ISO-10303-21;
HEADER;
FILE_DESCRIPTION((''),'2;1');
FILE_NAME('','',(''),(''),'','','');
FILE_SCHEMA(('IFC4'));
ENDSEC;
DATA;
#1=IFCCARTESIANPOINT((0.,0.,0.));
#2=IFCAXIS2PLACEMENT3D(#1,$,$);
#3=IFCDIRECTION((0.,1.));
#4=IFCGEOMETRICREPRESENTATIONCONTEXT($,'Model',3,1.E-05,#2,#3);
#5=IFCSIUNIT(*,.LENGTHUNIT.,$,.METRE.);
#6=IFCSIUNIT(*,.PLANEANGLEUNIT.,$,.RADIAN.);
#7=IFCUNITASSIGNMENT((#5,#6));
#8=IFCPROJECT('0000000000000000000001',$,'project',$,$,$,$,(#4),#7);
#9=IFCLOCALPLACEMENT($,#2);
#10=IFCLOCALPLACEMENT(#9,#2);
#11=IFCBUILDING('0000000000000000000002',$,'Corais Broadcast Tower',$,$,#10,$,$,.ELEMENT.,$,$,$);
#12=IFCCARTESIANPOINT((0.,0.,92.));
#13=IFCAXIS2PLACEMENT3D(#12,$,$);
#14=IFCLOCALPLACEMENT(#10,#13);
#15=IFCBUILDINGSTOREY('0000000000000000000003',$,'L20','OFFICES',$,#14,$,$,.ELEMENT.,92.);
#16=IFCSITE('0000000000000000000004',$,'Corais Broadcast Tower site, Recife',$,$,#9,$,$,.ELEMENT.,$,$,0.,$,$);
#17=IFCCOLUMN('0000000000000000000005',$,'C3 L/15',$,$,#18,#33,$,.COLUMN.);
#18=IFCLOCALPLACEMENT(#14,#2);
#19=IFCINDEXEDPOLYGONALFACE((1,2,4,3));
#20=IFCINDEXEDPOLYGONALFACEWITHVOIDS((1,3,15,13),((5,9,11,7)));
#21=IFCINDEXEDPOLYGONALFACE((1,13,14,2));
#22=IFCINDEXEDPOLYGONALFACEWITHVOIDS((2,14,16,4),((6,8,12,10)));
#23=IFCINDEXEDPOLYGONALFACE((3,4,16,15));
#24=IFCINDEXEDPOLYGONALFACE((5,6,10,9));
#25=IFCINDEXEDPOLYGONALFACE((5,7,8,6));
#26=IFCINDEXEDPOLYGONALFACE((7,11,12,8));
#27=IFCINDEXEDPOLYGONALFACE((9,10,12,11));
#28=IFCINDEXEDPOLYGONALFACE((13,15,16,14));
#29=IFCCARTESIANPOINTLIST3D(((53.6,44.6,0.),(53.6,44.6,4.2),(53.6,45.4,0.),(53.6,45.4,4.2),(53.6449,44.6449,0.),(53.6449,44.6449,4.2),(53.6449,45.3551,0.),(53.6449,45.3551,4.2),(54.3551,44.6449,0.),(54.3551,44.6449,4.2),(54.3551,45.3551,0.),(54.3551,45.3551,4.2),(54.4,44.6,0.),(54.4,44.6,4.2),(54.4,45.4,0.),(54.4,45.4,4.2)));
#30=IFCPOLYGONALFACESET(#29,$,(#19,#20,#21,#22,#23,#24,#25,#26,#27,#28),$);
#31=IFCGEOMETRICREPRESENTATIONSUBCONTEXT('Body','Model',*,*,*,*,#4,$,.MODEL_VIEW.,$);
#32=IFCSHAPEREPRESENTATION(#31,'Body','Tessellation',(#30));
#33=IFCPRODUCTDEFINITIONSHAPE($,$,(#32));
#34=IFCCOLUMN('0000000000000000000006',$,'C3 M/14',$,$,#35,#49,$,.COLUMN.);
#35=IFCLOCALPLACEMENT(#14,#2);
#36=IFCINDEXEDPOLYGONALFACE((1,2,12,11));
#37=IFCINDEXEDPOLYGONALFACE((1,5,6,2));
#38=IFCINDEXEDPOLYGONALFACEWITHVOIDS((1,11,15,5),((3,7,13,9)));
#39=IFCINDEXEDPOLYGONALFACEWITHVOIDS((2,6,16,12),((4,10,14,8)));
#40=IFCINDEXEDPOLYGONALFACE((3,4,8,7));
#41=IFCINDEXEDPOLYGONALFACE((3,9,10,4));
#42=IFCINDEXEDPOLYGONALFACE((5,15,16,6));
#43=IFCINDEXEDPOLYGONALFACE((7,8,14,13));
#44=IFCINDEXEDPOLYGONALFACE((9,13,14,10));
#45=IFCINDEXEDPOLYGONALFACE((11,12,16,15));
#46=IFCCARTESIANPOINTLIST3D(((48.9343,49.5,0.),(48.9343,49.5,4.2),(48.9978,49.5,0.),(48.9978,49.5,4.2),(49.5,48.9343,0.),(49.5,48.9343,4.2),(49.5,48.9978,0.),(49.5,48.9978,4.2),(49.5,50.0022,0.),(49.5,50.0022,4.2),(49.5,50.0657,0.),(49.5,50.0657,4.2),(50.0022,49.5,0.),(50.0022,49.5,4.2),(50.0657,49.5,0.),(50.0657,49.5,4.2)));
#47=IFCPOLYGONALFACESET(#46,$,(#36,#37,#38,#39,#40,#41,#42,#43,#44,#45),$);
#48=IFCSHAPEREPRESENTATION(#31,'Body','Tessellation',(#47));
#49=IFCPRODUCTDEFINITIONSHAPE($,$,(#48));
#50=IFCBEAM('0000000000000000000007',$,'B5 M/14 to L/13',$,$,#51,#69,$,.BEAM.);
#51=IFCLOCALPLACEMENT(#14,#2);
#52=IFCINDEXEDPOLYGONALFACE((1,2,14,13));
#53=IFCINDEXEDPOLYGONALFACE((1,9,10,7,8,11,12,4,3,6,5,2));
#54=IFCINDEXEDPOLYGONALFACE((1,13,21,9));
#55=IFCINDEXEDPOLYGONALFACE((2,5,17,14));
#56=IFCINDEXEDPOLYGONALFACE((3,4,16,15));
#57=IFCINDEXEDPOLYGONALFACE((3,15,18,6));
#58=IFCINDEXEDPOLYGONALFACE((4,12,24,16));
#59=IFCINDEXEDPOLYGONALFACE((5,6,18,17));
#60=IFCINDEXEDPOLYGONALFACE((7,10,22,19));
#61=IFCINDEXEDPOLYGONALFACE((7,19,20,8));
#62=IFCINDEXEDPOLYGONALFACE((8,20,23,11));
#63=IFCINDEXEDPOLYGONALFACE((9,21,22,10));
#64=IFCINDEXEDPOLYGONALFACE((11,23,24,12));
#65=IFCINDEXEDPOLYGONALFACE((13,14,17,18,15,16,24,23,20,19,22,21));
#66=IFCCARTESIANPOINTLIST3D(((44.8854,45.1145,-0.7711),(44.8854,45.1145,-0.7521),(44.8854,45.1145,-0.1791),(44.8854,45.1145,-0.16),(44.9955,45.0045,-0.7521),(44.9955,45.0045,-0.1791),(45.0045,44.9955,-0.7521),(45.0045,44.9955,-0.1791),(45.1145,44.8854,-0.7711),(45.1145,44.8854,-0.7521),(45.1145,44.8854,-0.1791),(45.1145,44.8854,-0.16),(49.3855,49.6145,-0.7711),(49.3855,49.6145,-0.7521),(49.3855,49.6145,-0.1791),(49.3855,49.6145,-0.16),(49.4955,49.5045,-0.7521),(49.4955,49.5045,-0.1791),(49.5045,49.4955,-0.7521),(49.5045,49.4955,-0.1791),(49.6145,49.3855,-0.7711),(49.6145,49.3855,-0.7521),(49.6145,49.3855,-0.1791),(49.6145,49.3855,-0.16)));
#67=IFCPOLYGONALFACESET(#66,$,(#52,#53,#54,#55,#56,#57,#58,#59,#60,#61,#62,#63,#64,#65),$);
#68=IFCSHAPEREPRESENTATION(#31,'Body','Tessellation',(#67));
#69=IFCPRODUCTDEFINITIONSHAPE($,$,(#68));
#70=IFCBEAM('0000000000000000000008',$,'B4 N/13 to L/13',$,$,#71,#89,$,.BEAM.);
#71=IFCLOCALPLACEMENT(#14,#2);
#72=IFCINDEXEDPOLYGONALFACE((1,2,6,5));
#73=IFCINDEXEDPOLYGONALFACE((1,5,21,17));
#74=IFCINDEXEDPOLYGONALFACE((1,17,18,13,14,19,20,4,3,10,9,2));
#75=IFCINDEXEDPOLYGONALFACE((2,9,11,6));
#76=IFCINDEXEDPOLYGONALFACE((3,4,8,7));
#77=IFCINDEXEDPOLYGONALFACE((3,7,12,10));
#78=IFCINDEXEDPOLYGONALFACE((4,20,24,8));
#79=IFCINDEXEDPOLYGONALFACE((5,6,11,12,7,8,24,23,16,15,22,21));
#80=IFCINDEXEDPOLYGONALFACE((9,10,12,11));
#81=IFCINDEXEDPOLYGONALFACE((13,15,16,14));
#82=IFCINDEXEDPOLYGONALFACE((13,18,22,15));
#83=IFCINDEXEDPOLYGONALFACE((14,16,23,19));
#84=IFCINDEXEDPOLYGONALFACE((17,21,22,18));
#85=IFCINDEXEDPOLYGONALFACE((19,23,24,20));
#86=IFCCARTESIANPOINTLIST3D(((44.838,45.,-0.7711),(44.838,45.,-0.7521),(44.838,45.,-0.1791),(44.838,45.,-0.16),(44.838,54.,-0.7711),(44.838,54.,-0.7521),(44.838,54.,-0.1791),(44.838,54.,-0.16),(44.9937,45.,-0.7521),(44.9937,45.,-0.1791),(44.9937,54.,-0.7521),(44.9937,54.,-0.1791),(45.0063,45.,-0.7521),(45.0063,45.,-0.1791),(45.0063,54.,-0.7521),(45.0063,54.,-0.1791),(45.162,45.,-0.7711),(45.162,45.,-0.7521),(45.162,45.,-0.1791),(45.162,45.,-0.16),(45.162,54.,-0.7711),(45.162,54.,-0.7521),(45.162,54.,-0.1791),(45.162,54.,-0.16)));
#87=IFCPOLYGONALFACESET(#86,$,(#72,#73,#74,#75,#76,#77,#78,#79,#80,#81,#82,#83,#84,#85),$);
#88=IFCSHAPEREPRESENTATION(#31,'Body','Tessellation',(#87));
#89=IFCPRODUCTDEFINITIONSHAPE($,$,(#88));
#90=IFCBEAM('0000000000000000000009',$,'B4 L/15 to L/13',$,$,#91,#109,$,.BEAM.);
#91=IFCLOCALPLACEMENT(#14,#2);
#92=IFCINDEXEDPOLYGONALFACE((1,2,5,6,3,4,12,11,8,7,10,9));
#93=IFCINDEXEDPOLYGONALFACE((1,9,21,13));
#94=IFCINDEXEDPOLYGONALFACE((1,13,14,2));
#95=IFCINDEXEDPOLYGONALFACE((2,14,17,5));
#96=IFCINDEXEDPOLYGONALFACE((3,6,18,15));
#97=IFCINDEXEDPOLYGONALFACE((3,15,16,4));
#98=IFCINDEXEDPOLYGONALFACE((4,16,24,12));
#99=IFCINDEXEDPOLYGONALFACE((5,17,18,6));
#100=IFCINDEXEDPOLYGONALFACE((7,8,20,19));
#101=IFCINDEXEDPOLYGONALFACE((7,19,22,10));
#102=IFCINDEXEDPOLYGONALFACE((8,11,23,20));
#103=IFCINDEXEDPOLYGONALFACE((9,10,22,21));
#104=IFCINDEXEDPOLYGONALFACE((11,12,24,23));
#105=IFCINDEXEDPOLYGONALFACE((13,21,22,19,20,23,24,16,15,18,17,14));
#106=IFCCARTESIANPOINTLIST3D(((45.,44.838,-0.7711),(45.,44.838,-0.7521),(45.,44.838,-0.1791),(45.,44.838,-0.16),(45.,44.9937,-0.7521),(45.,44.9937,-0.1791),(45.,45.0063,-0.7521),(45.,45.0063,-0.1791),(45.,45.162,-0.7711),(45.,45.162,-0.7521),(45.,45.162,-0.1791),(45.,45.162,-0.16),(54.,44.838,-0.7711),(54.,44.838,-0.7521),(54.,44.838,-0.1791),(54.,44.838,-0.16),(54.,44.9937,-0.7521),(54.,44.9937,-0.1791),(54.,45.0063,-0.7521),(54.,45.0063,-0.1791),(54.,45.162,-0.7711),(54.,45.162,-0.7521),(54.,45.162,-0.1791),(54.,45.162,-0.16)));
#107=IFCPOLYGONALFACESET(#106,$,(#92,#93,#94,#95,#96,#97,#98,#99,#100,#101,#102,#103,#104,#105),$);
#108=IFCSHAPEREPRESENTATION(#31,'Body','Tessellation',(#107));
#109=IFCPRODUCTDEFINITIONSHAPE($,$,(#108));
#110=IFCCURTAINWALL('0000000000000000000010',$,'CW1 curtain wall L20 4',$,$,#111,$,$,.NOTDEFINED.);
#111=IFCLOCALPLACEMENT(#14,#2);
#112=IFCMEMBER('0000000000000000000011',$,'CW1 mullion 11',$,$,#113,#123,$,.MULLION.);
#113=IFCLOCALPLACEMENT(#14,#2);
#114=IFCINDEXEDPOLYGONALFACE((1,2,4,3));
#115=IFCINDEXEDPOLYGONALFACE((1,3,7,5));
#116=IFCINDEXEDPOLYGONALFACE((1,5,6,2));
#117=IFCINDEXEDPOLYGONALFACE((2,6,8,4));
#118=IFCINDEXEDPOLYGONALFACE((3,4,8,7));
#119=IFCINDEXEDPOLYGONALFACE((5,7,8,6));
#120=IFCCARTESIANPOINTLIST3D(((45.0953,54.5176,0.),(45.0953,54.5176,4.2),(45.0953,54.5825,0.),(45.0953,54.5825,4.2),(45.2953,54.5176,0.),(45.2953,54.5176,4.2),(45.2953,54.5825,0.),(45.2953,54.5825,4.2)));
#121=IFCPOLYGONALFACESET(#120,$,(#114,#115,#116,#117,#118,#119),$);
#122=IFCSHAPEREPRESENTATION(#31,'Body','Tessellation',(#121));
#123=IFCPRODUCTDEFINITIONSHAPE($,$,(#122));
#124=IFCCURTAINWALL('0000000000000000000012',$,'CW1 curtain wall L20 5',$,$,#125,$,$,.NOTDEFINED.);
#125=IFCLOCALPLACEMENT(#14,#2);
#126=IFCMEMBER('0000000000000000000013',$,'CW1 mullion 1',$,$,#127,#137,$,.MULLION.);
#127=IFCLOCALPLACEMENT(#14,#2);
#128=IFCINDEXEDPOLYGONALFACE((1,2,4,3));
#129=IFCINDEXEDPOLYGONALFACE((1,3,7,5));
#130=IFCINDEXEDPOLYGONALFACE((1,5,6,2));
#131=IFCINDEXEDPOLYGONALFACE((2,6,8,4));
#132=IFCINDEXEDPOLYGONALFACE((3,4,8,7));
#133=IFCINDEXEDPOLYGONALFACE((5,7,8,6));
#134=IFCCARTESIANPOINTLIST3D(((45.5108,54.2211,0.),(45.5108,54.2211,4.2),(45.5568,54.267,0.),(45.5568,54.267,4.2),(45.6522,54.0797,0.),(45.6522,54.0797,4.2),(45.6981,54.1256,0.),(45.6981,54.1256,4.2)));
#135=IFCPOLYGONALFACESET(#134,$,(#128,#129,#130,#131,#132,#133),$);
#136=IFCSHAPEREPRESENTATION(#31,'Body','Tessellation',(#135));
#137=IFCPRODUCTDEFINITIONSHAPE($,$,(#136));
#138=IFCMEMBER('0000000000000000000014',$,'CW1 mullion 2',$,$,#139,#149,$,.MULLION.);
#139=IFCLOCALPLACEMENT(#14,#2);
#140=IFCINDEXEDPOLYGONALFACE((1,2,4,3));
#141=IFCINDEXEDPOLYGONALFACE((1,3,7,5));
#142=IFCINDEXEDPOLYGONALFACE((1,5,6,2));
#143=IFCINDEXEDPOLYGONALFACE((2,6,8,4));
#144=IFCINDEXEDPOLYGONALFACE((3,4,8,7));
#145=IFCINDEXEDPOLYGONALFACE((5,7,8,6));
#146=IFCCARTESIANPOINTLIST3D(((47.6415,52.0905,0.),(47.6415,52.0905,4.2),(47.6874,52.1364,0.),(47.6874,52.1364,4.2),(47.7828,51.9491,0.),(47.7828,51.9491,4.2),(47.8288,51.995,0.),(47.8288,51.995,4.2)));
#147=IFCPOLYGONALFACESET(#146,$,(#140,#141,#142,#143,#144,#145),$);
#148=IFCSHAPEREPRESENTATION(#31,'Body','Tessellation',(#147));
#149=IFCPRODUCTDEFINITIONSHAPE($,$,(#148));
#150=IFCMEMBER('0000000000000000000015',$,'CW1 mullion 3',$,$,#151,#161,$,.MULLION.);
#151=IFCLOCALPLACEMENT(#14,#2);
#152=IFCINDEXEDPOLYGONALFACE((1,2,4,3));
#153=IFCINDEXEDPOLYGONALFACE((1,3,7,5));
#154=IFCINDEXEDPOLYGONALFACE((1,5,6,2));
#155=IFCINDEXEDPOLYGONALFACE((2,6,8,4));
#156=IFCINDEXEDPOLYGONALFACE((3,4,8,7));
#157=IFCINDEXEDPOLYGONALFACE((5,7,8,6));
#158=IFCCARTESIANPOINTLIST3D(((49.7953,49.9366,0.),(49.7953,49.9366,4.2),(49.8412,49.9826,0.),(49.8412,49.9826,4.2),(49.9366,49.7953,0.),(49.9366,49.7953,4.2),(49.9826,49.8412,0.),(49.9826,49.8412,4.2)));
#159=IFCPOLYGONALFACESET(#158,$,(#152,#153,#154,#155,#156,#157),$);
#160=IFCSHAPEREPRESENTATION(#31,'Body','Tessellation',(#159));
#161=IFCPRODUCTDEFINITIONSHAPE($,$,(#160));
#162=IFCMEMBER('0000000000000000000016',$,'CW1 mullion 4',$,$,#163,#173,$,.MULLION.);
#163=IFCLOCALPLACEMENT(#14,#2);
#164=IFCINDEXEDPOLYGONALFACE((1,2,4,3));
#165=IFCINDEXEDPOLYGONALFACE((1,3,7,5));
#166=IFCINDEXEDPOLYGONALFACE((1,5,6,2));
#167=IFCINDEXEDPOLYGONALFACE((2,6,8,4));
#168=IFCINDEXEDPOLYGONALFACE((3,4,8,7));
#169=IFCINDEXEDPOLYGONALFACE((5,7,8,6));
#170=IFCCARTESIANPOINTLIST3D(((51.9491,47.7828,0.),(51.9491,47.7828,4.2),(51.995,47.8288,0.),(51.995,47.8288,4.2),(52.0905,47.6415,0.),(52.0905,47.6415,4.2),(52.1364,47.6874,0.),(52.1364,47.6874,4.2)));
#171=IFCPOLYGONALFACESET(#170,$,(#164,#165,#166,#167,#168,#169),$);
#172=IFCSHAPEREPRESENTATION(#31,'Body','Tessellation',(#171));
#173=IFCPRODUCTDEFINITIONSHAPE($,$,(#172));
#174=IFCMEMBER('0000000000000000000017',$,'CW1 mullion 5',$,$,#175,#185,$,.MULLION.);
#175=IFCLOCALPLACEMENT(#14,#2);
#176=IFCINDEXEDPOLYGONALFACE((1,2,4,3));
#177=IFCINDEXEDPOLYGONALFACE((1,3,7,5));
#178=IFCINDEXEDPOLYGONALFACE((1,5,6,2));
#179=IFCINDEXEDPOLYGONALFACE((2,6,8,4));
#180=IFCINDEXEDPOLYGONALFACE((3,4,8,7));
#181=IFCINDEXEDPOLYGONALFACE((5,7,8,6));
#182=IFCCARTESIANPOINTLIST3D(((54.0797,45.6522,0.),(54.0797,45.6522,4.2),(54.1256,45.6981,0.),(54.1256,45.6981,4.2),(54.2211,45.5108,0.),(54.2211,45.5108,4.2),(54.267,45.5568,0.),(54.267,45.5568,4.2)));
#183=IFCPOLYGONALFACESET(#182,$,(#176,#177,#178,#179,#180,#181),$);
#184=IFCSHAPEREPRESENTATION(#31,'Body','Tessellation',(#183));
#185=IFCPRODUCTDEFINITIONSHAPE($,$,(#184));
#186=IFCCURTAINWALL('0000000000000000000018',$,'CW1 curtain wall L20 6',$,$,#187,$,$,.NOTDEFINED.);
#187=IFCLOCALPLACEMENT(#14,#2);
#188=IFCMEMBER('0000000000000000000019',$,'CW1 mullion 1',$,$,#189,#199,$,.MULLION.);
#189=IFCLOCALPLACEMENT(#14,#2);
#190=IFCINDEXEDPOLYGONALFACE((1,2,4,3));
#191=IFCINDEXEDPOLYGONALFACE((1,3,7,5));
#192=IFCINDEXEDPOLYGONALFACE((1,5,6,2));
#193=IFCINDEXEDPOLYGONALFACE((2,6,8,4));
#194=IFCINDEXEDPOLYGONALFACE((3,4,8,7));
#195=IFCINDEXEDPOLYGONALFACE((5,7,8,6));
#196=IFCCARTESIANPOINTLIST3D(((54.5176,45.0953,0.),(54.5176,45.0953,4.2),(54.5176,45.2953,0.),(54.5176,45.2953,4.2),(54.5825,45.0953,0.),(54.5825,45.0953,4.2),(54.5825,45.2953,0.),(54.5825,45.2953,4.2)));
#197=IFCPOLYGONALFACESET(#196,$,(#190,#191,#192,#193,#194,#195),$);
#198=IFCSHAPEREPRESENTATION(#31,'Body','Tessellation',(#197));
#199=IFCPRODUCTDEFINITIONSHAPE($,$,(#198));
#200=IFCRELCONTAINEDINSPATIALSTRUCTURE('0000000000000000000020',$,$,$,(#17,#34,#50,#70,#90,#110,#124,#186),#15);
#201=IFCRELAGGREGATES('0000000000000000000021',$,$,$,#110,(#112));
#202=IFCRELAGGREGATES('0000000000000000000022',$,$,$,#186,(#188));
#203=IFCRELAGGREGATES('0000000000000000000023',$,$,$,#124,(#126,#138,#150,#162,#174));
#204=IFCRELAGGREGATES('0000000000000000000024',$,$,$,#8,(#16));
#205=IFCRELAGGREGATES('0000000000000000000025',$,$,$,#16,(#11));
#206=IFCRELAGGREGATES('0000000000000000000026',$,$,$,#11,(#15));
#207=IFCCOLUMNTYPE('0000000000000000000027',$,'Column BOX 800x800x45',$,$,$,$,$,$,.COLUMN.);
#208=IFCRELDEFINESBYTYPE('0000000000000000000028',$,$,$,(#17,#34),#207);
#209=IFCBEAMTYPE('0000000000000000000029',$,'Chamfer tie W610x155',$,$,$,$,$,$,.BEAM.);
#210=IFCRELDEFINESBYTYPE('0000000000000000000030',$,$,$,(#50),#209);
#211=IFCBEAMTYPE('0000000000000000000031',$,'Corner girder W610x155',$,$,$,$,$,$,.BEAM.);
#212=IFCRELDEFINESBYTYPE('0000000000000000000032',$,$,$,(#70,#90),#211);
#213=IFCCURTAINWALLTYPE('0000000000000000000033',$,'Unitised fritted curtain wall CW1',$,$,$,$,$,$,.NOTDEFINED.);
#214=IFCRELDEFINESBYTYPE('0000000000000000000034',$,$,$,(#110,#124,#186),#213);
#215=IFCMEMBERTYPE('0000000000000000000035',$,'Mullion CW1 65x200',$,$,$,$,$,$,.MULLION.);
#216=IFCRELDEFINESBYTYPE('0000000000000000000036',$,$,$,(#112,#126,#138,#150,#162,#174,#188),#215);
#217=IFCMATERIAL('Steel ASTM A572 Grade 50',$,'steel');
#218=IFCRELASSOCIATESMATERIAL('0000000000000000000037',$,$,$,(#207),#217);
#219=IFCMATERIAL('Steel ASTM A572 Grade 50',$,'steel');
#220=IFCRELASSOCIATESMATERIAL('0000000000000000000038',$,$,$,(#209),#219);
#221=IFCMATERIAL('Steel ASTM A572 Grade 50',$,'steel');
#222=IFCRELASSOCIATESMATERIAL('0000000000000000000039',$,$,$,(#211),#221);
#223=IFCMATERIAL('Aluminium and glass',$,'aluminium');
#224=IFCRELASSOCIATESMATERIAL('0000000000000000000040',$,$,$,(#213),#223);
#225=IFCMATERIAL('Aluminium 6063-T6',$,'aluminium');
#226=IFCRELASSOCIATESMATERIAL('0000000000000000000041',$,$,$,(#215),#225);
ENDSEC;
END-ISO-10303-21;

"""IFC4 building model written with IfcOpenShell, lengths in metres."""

from ifc_helpers import new_model, si_unit, direction, frame, origin, origin_2d, place, context, subcontext, project, spatial, rectangle, hollow_rectangle, i_section, extrude, material, material_profile, profile_set, type_object, element, aggregate, save


model = new_model("IFC4")

# Units and contexts
model_context = context("Model", 3, precision=1e-05, world=origin(), true_north=direction((0.0, 1.0)))
body_context = subcontext(model_context, "Body", "Model", "MODEL_VIEW")
ifc_project = project(units=[si_unit("LENGTHUNIT", "METRE"), si_unit("PLANEANGLEUNIT", "RADIAN")], contexts=[model_context])

# Site, building, storey
site_placement = place(None, origin())
site = spatial("IfcSite", under=ifc_project, at=site_placement, Name="Corais Broadcast Tower site, Recife", CompositionType="ELEMENT", RefElevation=0.0)
building_placement = place(site_placement, origin())
building = spatial("IfcBuilding", under=site, at=building_placement, Name="Corais Broadcast Tower", CompositionType="ELEMENT")
storey_placement = place(building_placement, frame((0.0, 0.0, 92.0)))
storey = spatial("IfcBuildingStorey", under=building, at=storey_placement, Name="L20", Description="OFFICES", CompositionType="ELEMENT", Elevation=92.0)

# Columns
ifc_material_1 = material(Name="Steel ASTM A572 Grade 50", Category="steel")
ifc_material_profile_1 = material_profile(ifc_material_1, hollow_rectangle(XDim=0.8, YDim=0.8, WallThickness=0.0449, at=origin_2d()), Name="BOX 800x800x45")
ifc_profile_set_1 = profile_set([ifc_material_profile_1], Name="Steel ASTM A572 Grade 50")
column_type = type_object("IfcColumnType", Name="Column BOX 800x800x45", PredefinedType="COLUMN", material=ifc_profile_set_1)
for number, where, z_axis, x_axis, name in (
    (1, (54.0, 45.0, 0.0), (0.0, 0.0, 1.0), (1.0, 0.0, 0.0), "C3 L/15"),
    (2, (49.5, 49.5, 0.0), (0.0, 0.0, 1.0), (0.707107, 0.707107, 0.0), "C3 M/14"),
):
    element("IfcColumn", number, at=place(storey_placement, frame(where, z_axis=z_axis, x_axis=x_axis)), inside=storey, type_object=column_type, Name=name, PredefinedType="COLUMN", context=body_context, shape_type="SweptSolid", body=[
        extrude(hollow_rectangle(XDim=0.8, YDim=0.8, WallThickness=0.0449, at=origin_2d()), origin(), (0.0, 0.0, 1.0), 4.2),
    ])

# Beams
ifc_material_2 = material(Name="Steel ASTM A572 Grade 50", Category="steel")
ifc_material_profile_2 = material_profile(ifc_material_2, i_section(OverallWidth=0.324, OverallDepth=0.6111, WebThickness=0.0127, FlangeThickness=0.019, at=origin_2d()), Name="W610x155")
ifc_profile_set_2 = profile_set([ifc_material_profile_2], Name="Steel ASTM A572 Grade 50")
beam_type_1 = type_object("IfcBeamType", Name="Chamfer tie W610x155", PredefinedType="BEAM", material=ifc_profile_set_2)
beam_1_placement = place(storey_placement, frame((49.5, 49.5, -0.4656), z_axis=(-0.707107, -0.707107, 0.0), x_axis=(0.707107, -0.707107, 0.0)))
element("IfcBeam", 3, at=beam_1_placement, inside=storey, type_object=beam_type_1, Name="B5 M/14 to L/13", PredefinedType="BEAM", context=body_context, shape_type="SweptSolid", body=[
    extrude(i_section(OverallWidth=0.324, OverallDepth=0.6111, WebThickness=0.0127, FlangeThickness=0.019, at=origin_2d()), origin(), (0.0, 0.0, 1.0), 6.364),
])
ifc_material_3 = material(Name="Steel ASTM A572 Grade 50", Category="steel")
ifc_material_profile_3 = material_profile(ifc_material_3, i_section(OverallWidth=0.324, OverallDepth=0.6111, WebThickness=0.0127, FlangeThickness=0.019, at=origin_2d()), Name="W610x155")
ifc_profile_set_3 = profile_set([ifc_material_profile_3], Name="Steel ASTM A572 Grade 50")
beam_type_2 = type_object("IfcBeamType", Name="Corner girder W610x155", PredefinedType="BEAM", material=ifc_profile_set_3)
for number, where, z_axis, x_axis, name in (
    (4, (45.0, 54.0, -0.4656), (0.0, -1.0, 0.0), (1.0, 0.0, 0.0), "B4 N/13 to L/13"),
    (5, (54.0, 45.0, -0.4656), (-1.0, 0.0, 0.0), (0.0, -1.0, 0.0), "B4 L/15 to L/13"),
):
    element("IfcBeam", number, at=place(storey_placement, frame(where, z_axis=z_axis, x_axis=x_axis)), inside=storey, type_object=beam_type_2, Name=name, PredefinedType="BEAM", context=body_context, shape_type="SweptSolid", body=[
        extrude(i_section(OverallWidth=0.324, OverallDepth=0.6111, WebThickness=0.0127, FlangeThickness=0.019, at=origin_2d()), origin(), (0.0, 0.0, 1.0), 9.0),
    ])

# Curtain wall, member
ifc_material_4 = material(Name="Aluminium and glass", Category="aluminium")
curtain_wall_type = type_object("IfcCurtainWallType", Name="Unitised fritted curtain wall CW1", PredefinedType="NOTDEFINED", material=ifc_material_4)
curtain_wall_1_placement = place(storey_placement, origin())
curtain_wall_1 = element("IfcCurtainWall", 6, at=curtain_wall_1_placement, inside=storey, type_object=curtain_wall_type, Name="CW1 curtain wall L20 4", PredefinedType="NOTDEFINED")
ifc_material_5 = material(Name="Aluminium 6063-T6", Category="aluminium")
ifc_material_profile_4 = material_profile(ifc_material_5, rectangle(XDim=0.0649, YDim=0.2, at=origin_2d()), Name="Mullion CW1 65x200")
ifc_profile_set_4 = profile_set([ifc_material_profile_4], Name="Aluminium 6063-T6")
member_type_1 = type_object("IfcMemberType", Name="Mullion CW1 65x200", PredefinedType="MULLION", material=ifc_profile_set_4)
member_1_placement = place(storey_placement, frame((45.1953, 54.55, 0.0), z_axis=(0.0, 0.0, 1.0), x_axis=(0.0, 1.0, 0.0)))
member_1 = element("IfcMember", 7, at=member_1_placement, type_object=member_type_1, Name="CW1 mullion 11", PredefinedType="MULLION", context=body_context, shape_type="SweptSolid", body=[
    extrude(rectangle(XDim=0.0649, YDim=0.2, at=origin_2d()), origin(), (0.0, 0.0, 1.0), 4.2),
])
aggregate(curtain_wall_1, [member_1])

# Curtain wall, members
curtain_wall_2_placement = place(storey_placement, origin())
curtain_wall_2 = element("IfcCurtainWall", 8, at=curtain_wall_2_placement, inside=storey, type_object=curtain_wall_type, Name="CW1 curtain wall L20 5", PredefinedType="NOTDEFINED")
member_2_placement = place(storey_placement, frame((45.6045, 54.1733, 0.0), z_axis=(0.0, 0.0, 1.0), x_axis=(0.707107, 0.707107, 0.0)))
member_2 = element("IfcMember", 9, at=member_2_placement, type_object=member_type_1, Name="CW1 mullion 1", PredefinedType="MULLION", context=body_context, shape_type="SweptSolid", body=[
    extrude(rectangle(XDim=0.0649, YDim=0.2, at=origin_2d()), origin(), (0.0, 0.0, 1.0), 4.2),
])
member_3_placement = place(storey_placement, frame((47.7351, 52.0427, 0.0), z_axis=(0.0, 0.0, 1.0), x_axis=(0.707107, 0.707107, 0.0)))
member_3 = element("IfcMember", 10, at=member_3_placement, type_object=member_type_1, Name="CW1 mullion 2", PredefinedType="MULLION", context=body_context, shape_type="SweptSolid", body=[
    extrude(rectangle(XDim=0.0649, YDim=0.2, at=origin_2d()), origin(), (0.0, 0.0, 1.0), 4.2),
])
member_4_placement = place(storey_placement, frame((49.8889, 49.8889, 0.0), z_axis=(0.0, 0.0, 1.0), x_axis=(0.707107, 0.707107, 0.0)))
member_4 = element("IfcMember", 11, at=member_4_placement, type_object=member_type_1, Name="CW1 mullion 3", PredefinedType="MULLION", context=body_context, shape_type="SweptSolid", body=[
    extrude(rectangle(XDim=0.0649, YDim=0.2, at=origin_2d()), origin(), (0.0, 0.0, 1.0), 4.2),
])
member_5_placement = place(storey_placement, frame((52.0427, 47.7351, 0.0), z_axis=(0.0, 0.0, 1.0), x_axis=(0.707107, 0.707107, 0.0)))
member_5 = element("IfcMember", 12, at=member_5_placement, type_object=member_type_1, Name="CW1 mullion 4", PredefinedType="MULLION", context=body_context, shape_type="SweptSolid", body=[
    extrude(rectangle(XDim=0.0649, YDim=0.2, at=origin_2d()), origin(), (0.0, 0.0, 1.0), 4.2),
])
member_6_placement = place(storey_placement, frame((54.1733, 45.6045, 0.0), z_axis=(0.0, 0.0, 1.0), x_axis=(0.707107, 0.707107, 0.0)))
member_6 = element("IfcMember", 13, at=member_6_placement, type_object=member_type_1, Name="CW1 mullion 5", PredefinedType="MULLION", context=body_context, shape_type="SweptSolid", body=[
    extrude(rectangle(XDim=0.0649, YDim=0.2, at=origin_2d()), origin(), (0.0, 0.0, 1.0), 4.2),
])

# Curtain wall, member
curtain_wall_3_placement = place(storey_placement, origin())
curtain_wall_3 = element("IfcCurtainWall", 14, at=curtain_wall_3_placement, inside=storey, type_object=curtain_wall_type, Name="CW1 curtain wall L20 6", PredefinedType="NOTDEFINED")
member_7_placement = place(storey_placement, frame((54.55, 45.1953, 0.0), z_axis=(0.0, 0.0, 1.0), x_axis=(1.0, 0.0, 0.0)))
member_7 = element("IfcMember", 15, at=member_7_placement, type_object=member_type_1, Name="CW1 mullion 1", PredefinedType="MULLION", context=body_context, shape_type="SweptSolid", body=[
    extrude(rectangle(XDim=0.0649, YDim=0.2, at=origin_2d()), origin(), (0.0, 0.0, 1.0), 4.2),
])

aggregate(curtain_wall_3, [member_7])
aggregate(curtain_wall_2, [member_2, member_3, member_4, member_5, member_6])

save(model, "model.ifc")
